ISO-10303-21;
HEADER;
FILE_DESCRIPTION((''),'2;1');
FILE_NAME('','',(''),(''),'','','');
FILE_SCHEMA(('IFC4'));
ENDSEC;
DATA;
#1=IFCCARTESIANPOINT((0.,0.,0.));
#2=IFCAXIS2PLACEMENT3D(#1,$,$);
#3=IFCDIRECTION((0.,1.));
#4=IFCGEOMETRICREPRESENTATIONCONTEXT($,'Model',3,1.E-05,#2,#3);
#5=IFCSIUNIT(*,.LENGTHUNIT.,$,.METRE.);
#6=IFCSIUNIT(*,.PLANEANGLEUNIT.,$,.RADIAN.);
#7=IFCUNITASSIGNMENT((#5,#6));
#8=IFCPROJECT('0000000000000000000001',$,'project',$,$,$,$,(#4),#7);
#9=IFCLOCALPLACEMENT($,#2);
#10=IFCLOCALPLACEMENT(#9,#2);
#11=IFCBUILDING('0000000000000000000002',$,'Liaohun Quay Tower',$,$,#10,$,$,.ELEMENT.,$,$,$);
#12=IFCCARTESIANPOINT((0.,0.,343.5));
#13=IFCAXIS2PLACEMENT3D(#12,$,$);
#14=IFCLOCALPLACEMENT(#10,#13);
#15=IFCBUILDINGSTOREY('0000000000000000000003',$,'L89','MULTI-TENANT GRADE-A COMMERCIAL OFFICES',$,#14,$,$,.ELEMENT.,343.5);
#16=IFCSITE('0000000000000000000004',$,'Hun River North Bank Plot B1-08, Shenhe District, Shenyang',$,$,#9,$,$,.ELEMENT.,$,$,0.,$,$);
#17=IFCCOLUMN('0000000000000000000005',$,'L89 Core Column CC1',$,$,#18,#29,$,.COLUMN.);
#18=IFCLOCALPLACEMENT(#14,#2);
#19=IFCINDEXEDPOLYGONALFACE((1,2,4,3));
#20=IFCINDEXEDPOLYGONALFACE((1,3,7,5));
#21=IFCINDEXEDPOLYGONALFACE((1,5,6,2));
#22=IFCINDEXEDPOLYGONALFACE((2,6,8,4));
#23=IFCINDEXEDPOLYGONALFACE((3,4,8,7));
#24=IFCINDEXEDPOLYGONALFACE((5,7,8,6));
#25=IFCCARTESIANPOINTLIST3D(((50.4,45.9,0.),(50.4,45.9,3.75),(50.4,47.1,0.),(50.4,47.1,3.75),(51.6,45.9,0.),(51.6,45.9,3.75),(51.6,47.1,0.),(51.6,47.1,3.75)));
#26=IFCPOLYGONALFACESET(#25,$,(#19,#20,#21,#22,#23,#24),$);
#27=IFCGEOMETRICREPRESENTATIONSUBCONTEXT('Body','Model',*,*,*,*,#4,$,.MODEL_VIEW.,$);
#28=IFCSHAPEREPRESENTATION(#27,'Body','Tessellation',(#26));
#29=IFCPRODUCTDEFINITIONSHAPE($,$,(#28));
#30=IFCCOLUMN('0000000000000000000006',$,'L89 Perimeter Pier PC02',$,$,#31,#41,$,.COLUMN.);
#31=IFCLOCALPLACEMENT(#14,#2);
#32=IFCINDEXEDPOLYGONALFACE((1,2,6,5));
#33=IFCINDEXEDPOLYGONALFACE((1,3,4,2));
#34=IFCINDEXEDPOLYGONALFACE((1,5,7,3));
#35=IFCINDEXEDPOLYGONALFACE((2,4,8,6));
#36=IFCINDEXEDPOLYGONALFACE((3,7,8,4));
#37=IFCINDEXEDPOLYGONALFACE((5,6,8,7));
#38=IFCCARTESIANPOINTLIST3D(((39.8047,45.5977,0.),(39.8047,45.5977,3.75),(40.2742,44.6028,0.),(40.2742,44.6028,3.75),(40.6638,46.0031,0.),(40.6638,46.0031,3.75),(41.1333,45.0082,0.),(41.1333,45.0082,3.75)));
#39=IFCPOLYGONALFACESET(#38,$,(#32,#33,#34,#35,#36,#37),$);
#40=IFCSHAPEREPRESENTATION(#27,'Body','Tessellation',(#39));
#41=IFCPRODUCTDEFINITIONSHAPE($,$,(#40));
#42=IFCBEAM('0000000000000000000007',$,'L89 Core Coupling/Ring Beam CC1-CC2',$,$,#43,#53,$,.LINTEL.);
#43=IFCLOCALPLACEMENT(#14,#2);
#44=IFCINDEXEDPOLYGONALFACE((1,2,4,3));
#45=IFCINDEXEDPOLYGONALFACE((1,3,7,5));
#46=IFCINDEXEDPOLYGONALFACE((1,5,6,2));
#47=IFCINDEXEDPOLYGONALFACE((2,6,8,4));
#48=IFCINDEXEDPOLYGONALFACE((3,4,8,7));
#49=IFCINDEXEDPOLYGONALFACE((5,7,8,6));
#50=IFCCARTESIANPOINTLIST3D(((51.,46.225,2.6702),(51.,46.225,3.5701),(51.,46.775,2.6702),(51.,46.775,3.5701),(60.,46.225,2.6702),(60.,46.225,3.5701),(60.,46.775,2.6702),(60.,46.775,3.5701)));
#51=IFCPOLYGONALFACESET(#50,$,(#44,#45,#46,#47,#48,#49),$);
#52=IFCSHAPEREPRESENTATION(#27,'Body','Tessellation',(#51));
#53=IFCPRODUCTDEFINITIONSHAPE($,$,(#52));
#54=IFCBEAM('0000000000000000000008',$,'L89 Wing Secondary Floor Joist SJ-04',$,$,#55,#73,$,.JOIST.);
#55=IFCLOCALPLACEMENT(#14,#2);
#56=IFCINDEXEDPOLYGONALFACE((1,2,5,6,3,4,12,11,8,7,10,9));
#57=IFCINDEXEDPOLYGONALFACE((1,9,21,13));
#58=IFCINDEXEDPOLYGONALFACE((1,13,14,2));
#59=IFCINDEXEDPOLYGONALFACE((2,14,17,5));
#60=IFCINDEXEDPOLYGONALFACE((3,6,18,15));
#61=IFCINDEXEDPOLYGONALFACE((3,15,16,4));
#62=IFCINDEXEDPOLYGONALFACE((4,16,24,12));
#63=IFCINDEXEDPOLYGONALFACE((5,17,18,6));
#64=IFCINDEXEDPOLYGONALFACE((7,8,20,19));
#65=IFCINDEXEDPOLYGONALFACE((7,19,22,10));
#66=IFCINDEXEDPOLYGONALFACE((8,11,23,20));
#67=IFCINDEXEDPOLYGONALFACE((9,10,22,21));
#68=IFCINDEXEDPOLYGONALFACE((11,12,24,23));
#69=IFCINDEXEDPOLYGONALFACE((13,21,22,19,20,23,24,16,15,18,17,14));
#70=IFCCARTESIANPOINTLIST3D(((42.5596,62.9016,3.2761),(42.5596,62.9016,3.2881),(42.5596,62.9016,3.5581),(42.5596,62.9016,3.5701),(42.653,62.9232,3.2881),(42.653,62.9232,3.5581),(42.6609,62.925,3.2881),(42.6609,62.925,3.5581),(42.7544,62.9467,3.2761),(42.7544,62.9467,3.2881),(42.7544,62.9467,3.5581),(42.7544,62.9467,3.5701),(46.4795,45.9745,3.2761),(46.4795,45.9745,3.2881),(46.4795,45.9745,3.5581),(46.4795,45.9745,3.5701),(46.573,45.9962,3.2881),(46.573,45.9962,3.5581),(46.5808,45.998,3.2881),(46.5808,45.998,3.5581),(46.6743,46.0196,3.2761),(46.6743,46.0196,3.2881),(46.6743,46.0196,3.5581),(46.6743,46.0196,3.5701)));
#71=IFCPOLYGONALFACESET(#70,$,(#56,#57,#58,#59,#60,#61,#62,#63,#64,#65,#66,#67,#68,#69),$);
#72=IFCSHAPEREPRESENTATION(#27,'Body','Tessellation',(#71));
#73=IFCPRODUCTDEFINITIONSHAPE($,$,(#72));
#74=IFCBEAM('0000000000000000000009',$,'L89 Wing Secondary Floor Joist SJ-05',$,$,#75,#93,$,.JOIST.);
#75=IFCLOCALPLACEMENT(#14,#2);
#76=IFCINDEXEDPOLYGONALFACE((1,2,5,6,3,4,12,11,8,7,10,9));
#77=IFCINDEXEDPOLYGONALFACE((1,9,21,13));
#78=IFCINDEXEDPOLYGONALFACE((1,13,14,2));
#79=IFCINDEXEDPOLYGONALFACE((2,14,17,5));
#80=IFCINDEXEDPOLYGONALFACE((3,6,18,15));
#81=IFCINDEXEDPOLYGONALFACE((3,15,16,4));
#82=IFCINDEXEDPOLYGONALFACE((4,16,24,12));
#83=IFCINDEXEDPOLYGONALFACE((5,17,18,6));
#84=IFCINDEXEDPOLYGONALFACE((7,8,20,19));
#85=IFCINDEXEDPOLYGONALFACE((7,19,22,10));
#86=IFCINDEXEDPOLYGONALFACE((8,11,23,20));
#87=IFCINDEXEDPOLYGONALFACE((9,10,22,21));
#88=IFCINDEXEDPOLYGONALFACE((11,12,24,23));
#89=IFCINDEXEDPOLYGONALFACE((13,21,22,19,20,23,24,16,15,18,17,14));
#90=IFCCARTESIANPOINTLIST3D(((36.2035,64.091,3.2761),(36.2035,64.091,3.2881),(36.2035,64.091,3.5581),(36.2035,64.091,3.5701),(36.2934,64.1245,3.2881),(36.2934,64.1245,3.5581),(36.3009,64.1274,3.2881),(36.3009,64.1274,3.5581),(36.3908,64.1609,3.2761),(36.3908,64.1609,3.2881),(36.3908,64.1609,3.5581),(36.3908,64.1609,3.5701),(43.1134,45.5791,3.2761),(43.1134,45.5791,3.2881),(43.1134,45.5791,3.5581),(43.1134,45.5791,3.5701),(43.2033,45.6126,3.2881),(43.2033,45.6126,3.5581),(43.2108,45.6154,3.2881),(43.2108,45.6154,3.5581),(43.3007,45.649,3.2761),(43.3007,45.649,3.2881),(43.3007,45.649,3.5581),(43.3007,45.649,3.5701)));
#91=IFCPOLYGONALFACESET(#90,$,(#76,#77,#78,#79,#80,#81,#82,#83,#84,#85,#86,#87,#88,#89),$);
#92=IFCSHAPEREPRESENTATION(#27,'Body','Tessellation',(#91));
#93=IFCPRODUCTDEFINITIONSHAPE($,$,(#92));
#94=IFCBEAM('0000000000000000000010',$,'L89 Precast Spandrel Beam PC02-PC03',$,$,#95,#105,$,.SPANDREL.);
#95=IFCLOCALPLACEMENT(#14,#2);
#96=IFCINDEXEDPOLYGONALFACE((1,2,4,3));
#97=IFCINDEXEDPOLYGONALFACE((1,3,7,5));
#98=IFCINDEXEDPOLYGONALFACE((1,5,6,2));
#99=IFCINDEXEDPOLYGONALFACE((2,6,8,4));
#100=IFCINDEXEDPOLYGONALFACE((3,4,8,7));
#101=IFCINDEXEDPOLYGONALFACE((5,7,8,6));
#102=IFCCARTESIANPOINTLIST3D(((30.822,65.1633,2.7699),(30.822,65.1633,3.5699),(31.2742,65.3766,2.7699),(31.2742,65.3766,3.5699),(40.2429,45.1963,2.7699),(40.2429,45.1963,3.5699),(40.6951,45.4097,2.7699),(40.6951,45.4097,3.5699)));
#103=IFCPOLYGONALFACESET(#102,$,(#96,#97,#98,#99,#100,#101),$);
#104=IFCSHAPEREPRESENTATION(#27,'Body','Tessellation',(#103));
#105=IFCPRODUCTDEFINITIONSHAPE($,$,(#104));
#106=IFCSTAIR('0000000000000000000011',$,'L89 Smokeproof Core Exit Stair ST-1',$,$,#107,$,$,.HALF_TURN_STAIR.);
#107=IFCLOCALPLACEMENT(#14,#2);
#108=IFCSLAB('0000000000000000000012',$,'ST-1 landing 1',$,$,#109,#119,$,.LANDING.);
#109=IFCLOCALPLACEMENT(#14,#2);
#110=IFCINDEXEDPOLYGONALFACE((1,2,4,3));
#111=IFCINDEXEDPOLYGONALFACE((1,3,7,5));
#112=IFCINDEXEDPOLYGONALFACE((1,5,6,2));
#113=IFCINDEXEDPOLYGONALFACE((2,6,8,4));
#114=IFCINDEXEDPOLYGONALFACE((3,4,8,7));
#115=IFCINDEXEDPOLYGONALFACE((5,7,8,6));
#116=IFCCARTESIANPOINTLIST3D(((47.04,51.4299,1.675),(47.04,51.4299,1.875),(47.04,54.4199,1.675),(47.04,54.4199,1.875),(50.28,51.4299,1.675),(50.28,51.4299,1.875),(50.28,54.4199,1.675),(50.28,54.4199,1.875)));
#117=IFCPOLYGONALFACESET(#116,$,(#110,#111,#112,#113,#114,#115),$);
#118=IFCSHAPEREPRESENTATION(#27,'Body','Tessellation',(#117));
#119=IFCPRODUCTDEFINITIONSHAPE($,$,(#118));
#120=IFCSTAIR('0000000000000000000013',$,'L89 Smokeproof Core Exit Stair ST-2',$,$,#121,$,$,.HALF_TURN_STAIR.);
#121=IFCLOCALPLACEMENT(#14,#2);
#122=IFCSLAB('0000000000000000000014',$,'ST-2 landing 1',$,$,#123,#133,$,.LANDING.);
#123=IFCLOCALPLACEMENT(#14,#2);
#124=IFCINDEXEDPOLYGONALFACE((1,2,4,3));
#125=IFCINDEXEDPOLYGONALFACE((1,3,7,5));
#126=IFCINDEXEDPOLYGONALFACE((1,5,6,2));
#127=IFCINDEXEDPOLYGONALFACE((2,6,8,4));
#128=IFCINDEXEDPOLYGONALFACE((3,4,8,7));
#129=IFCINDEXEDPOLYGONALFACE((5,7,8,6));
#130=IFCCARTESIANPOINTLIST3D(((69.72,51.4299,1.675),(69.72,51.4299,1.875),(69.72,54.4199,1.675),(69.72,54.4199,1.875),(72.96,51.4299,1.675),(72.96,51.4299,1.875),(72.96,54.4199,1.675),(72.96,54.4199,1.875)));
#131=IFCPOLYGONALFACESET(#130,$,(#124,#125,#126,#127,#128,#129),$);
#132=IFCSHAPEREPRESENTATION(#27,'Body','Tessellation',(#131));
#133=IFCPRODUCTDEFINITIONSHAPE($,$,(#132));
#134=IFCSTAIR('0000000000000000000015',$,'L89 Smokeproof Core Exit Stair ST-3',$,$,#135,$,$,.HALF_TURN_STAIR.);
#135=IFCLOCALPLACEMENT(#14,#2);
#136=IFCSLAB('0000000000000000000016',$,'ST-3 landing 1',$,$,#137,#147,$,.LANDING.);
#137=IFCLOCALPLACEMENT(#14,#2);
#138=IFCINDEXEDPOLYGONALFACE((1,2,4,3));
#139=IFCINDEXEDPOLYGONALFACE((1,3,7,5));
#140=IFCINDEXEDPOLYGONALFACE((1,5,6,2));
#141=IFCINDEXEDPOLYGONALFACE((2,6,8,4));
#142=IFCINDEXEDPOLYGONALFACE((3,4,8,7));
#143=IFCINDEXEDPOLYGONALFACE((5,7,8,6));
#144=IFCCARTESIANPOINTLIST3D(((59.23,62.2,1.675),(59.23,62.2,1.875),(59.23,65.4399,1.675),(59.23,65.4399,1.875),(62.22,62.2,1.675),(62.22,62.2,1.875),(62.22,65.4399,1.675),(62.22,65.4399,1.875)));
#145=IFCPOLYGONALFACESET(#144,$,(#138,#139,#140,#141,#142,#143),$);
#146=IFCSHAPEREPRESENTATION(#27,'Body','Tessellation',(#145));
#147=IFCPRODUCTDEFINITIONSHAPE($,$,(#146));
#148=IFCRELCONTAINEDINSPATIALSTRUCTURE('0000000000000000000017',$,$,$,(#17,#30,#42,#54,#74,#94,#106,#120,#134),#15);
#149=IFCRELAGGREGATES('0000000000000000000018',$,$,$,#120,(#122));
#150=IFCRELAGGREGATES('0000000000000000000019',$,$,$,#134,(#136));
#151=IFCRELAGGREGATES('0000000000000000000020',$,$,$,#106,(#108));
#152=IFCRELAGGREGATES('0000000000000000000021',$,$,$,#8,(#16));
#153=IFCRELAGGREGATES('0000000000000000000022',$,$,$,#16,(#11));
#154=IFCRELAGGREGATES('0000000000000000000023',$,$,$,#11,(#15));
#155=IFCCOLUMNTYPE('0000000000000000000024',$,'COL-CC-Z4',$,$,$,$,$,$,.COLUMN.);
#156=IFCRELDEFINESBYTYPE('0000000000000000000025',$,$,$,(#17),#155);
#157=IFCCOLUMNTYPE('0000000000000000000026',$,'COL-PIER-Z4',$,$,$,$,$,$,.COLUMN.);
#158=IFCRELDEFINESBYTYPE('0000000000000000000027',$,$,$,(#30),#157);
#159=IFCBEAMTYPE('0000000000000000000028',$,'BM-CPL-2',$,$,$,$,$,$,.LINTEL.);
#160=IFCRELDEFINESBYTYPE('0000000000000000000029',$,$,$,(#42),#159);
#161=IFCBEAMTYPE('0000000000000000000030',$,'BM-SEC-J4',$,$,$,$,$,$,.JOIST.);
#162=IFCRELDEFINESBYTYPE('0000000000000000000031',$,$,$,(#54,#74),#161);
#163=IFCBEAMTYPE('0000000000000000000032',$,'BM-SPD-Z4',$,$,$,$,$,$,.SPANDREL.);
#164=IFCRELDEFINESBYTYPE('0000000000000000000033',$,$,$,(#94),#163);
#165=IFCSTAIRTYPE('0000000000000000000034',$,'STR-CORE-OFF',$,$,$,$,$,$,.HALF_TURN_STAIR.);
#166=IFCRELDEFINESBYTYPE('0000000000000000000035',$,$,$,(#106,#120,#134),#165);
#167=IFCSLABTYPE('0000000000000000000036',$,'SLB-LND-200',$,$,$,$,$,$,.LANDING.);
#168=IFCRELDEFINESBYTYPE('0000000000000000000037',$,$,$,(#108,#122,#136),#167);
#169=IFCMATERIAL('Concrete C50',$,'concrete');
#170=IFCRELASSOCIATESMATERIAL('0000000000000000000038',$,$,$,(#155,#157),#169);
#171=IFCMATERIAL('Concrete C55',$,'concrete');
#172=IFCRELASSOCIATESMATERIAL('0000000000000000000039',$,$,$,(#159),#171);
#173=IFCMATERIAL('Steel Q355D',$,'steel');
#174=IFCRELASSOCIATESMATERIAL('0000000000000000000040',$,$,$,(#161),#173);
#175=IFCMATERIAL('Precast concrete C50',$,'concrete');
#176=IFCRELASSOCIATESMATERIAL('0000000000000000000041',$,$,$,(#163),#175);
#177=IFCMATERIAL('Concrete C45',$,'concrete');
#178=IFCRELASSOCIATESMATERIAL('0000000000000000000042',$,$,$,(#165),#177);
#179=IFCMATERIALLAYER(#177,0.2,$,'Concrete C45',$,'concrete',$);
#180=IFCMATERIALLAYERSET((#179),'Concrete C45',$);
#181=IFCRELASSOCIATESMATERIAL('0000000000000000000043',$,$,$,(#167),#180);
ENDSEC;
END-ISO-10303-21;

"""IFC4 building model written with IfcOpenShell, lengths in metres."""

from ifc_helpers import new_model, si_unit, direction, frame, origin, origin_2d, place, context, subcontext, project, spatial, polyline, rectangle, i_section, outline, extrude, source, transform, mapped, material, layer, layer_set, material_profile, profile_set, type_object, element, aggregate, save


model = new_model("IFC4")

# Units and contexts
model_context = context("Model", 3, precision=1e-05, world=origin(), true_north=direction((0.0, 1.0)))
body_context = subcontext(model_context, "Body", "Model", "MODEL_VIEW")
ifc_project = project(units=[si_unit("LENGTHUNIT", "METRE"), si_unit("PLANEANGLEUNIT", "RADIAN")], contexts=[model_context])

# Site, building, storey
site_placement = place(None, origin())
site = spatial("IfcSite", under=ifc_project, at=site_placement, Name="Hun River North Bank Plot B1-08, Shenhe District, Shenyang", CompositionType="ELEMENT", RefElevation=0.0)
building_placement = place(site_placement, origin())
building = spatial("IfcBuilding", under=site, at=building_placement, Name="Liaohun Quay Tower", CompositionType="ELEMENT")
storey_placement = place(building_placement, frame((0.0, 0.0, 343.5)))
storey = spatial("IfcBuildingStorey", under=building, at=storey_placement, Name="L89", Description="MULTI-TENANT GRADE-A COMMERCIAL OFFICES", CompositionType="ELEMENT", Elevation=343.5)

# Columns
ifc_material_1 = material(Name="Concrete C50", Category="concrete")
ifc_material_profile_1 = material_profile(ifc_material_1, rectangle(XDim=1.2, YDim=1.2, at=origin_2d()), Name="RC1200x1200")
ifc_profile_set_1 = profile_set([ifc_material_profile_1], Name="Concrete C50")
column_type_1 = type_object("IfcColumnType", Name="COL-CC-Z4", PredefinedType="COLUMN", material=ifc_profile_set_1)
shared_shape_1 = source(origin(), body_context, "Body", "SweptSolid", [
    extrude(rectangle(XDim=1.2, YDim=1.2, at=origin_2d()), origin(), (0.0, 0.0, 1.0), 3.75),
])
column_1_placement = place(storey_placement, frame((51.0, 46.5, 0.0), z_axis=(0.0, 0.0, 1.0), x_axis=(1.0, 0.0, 0.0)))
element("IfcColumn", 1, at=column_1_placement, inside=storey, type_object=column_type_1, Name="L89 Core Column CC1", PredefinedType="COLUMN", context=body_context, shape_type="MappedRepresentation", body=[
    mapped(shared_shape_1, transform((0.0, 0.0, 0.0), x_axis=(1.0, 0.0, 0.0), y_axis=(0.0, 1.0, 0.0), z_axis=(0.0, 0.0, 1.0), scale=1.0)),
])
ifc_material_profile_2 = material_profile(ifc_material_1, rectangle(XDim=1.1001, YDim=0.95, at=origin_2d()), Name="RC1100x950")
ifc_profile_set_2 = profile_set([ifc_material_profile_2], Name="Concrete C50")
column_type_2 = type_object("IfcColumnType", Name="COL-PIER-Z4", PredefinedType="COLUMN", material=ifc_profile_set_2)
shared_shape_2 = source(origin(), body_context, "Body", "SweptSolid", [
    extrude(rectangle(XDim=1.1001, YDim=0.95, at=origin_2d()), origin(), (0.0, 0.0, 1.0), 3.75),
])
column_2_placement = place(storey_placement, frame((40.469, 45.303, 0.0), z_axis=(0.0, 0.0, 1.0), x_axis=(-0.426727, 0.904381, 0.0)))
element("IfcColumn", 2, at=column_2_placement, inside=storey, type_object=column_type_2, Name="L89 Perimeter Pier PC02", PredefinedType="COLUMN", context=body_context, shape_type="MappedRepresentation", body=[
    mapped(shared_shape_2, transform((0.0, 0.0, 0.0), x_axis=(1.0, 0.0, 0.0), y_axis=(0.0, 1.0, 0.0), z_axis=(0.0, 0.0, 1.0), scale=1.0)),
])

# Beams
ifc_material_2 = material(Name="Concrete C55", Category="concrete")
ifc_material_profile_3 = material_profile(ifc_material_2, rectangle(XDim=0.55, YDim=0.8999, at=origin_2d()), Name="RC550x900")
ifc_profile_set_3 = profile_set([ifc_material_profile_3], Name="Concrete C55")
beam_type_1 = type_object("IfcBeamType", Name="BM-CPL-2", PredefinedType="LINTEL", material=ifc_profile_set_3)
shared_shape_3 = source(origin(), body_context, "Body", "SweptSolid", [
    extrude(rectangle(XDim=0.55, YDim=0.8999, at=origin_2d()), origin(), (0.0, 0.0, 1.0), 9.0),
])
beam_1_placement = place(storey_placement, frame((51.0, 46.5, 3.1201), z_axis=(1.0, 0.0, 0.0), x_axis=(0.0, 1.0, 0.0)))
element("IfcBeam", 3, at=beam_1_placement, inside=storey, type_object=beam_type_1, Name="L89 Core Coupling/Ring Beam CC1-CC2", PredefinedType="LINTEL", context=body_context, shape_type="MappedRepresentation", body=[
    mapped(shared_shape_3, transform((0.0, 0.0, 0.0), x_axis=(1.0, 0.0, 0.0), y_axis=(0.0, 1.0, 0.0), z_axis=(0.0, 0.0, 1.0), scale=1.0)),
])
ifc_material_3 = material(Name="Steel Q355D", Category="steel")
ifc_material_profile_4 = material_profile(ifc_material_3, i_section(OverallWidth=0.2, OverallDepth=0.2939, WebThickness=0.0081, FlangeThickness=0.012, at=origin_2d()), Name="HM294x200x8x12")
ifc_profile_set_4 = profile_set([ifc_material_profile_4], Name="Steel Q355D")
beam_type_2 = type_object("IfcBeamType", Name="BM-SEC-J4", PredefinedType="JOIST", material=ifc_profile_set_4)
shared_shape_4 = source(origin(), body_context, "Body", "SweptSolid", [
    extrude(i_section(OverallWidth=0.2, OverallDepth=0.2939, WebThickness=0.0081, FlangeThickness=0.012, at=origin_2d()), origin(), (0.0, 0.0, 1.0), 17.375),
])
beam_2_placement = place(storey_placement, frame((46.5769, 45.9971, 3.4231), z_axis=(-0.225608, 0.974218, 0.0), x_axis=(-0.974218, -0.225608, 0.0)))
element("IfcBeam", 4, at=beam_2_placement, inside=storey, type_object=beam_type_2, Name="L89 Wing Secondary Floor Joist SJ-04", PredefinedType="JOIST", context=body_context, shape_type="MappedRepresentation", body=[
    mapped(shared_shape_4, transform((0.0, 0.0, 0.0), x_axis=(1.0, 0.0, 0.0), y_axis=(0.0, 1.0, 0.0), z_axis=(0.0, 0.0, 1.0), scale=1.0)),
])
shared_shape_5 = source(origin(), body_context, "Body", "SweptSolid", [
    extrude(i_section(OverallWidth=0.2, OverallDepth=0.2939, WebThickness=0.0081, FlangeThickness=0.012, at=origin_2d()), origin(), (0.0, 0.0, 1.0), 19.7595),
])
beam_3_placement = place(storey_placement, frame((43.207, 45.614, 3.4231), z_axis=(-0.3497, 0.936862, 0.0), x_axis=(-0.936862, -0.3497, 0.0)))
element("IfcBeam", 5, at=beam_3_placement, inside=storey, type_object=beam_type_2, Name="L89 Wing Secondary Floor Joist SJ-05", PredefinedType="JOIST", context=body_context, shape_type="MappedRepresentation", body=[
    mapped(shared_shape_5, transform((0.0, 0.0, 0.0), x_axis=(1.0, 0.0, 0.0), y_axis=(0.0, 1.0, 0.0), z_axis=(0.0, 0.0, 1.0), scale=1.0)),
])
ifc_material_4 = material(Name="Precast concrete C50", Category="concrete")
ifc_material_profile_5 = material_profile(ifc_material_4, rectangle(XDim=0.5, YDim=0.8, at=origin_2d()), Name="RC500x800")
ifc_profile_set_5 = profile_set([ifc_material_profile_5], Name="Precast concrete C50")
beam_type_3 = type_object("IfcBeamType", Name="BM-SPD-Z4", PredefinedType="SPANDREL", material=ifc_profile_set_5)
shared_shape_6 = source(origin(), body_context, "Body", "SweptSolid", [
    extrude(rectangle(XDim=0.5, YDim=0.8, at=origin_2d()), origin(), (0.0, 0.0, 1.0), 22.0779),
])
beam_4_placement = place(storey_placement, frame((40.469, 45.303, 3.1699), z_axis=(-0.426711, 0.904388, 0.0), x_axis=(-0.904388, -0.426711, 0.0)))
element("IfcBeam", 6, at=beam_4_placement, inside=storey, type_object=beam_type_3, Name="L89 Precast Spandrel Beam PC02-PC03", PredefinedType="SPANDREL", context=body_context, shape_type="MappedRepresentation", body=[
    mapped(shared_shape_6, transform((0.0, 0.0, 0.0), x_axis=(1.0, 0.0, 0.0), y_axis=(0.0, 1.0, 0.0), z_axis=(0.0, 0.0, 1.0), scale=1.0)),
])

# Stairs, slabs
ifc_material_5 = material(Name="Concrete C45", Category="concrete")
stair_type = type_object("IfcStairType", Name="STR-CORE-OFF", PredefinedType="HALF_TURN_STAIR", material=ifc_material_5)
stair_1_placement = place(storey_placement, origin())
stair_1 = element("IfcStair", 7, at=stair_1_placement, inside=storey, type_object=stair_type, Name="L89 Smokeproof Core Exit Stair ST-1", PredefinedType="HALF_TURN_STAIR")
ifc_layer_1 = layer(ifc_material_5, 0.2, Name="Concrete C45", Category="concrete")
ifc_layer_set_1 = layer_set([ifc_layer_1], Name="Concrete C45")
slab_type_1 = type_object("IfcSlabType", Name="SLB-LND-200", PredefinedType="LANDING", material=ifc_layer_set_1)
slab_1_placement = place(storey_placement, frame((0.0, 0.0, 1.675)))
slab_1 = element("IfcSlab", 8, at=slab_1_placement, type_object=slab_type_1, Name="ST-1 landing 1", PredefinedType="LANDING", context=body_context, shape_type="SweptSolid", body=[
    extrude(outline(polyline([(50.28, 51.4299), (50.28, 54.4199), (47.04, 54.4199), (47.04, 51.4299), (50.28, 51.4299)])), origin(), (0.0, 0.0, 1.0), 0.2),
])
stair_2_placement = place(storey_placement, origin())
stair_2 = element("IfcStair", 9, at=stair_2_placement, inside=storey, type_object=stair_type, Name="L89 Smokeproof Core Exit Stair ST-2", PredefinedType="HALF_TURN_STAIR")
slab_2_placement = place(storey_placement, frame((0.0, 0.0, 1.675)))
slab_2 = element("IfcSlab", 10, at=slab_2_placement, type_object=slab_type_1, Name="ST-2 landing 1", PredefinedType="LANDING", context=body_context, shape_type="SweptSolid", body=[
    extrude(outline(polyline([(72.96, 51.4299), (72.96, 54.4199), (69.72, 54.4199), (69.72, 51.4299), (72.96, 51.4299)])), origin(), (0.0, 0.0, 1.0), 0.2),
])
aggregate(stair_2, [slab_2])
stair_3_placement = place(storey_placement, origin())
stair_3 = element("IfcStair", 11, at=stair_3_placement, inside=storey, type_object=stair_type, Name="L89 Smokeproof Core Exit Stair ST-3", PredefinedType="HALF_TURN_STAIR")
slab_3_placement = place(storey_placement, frame((0.0, 0.0, 1.675)))
slab_3 = element("IfcSlab", 12, at=slab_3_placement, type_object=slab_type_1, Name="ST-3 landing 1", PredefinedType="LANDING", context=body_context, shape_type="SweptSolid", body=[
    extrude(outline(polyline([(59.23, 62.2), (62.22, 62.2), (62.22, 65.4399), (59.23, 65.4399), (59.23, 62.2)])), origin(), (0.0, 0.0, 1.0), 0.2),
])
aggregate(stair_3, [slab_3])

aggregate(stair_1, [slab_1])

save(model, "model.ifc")
